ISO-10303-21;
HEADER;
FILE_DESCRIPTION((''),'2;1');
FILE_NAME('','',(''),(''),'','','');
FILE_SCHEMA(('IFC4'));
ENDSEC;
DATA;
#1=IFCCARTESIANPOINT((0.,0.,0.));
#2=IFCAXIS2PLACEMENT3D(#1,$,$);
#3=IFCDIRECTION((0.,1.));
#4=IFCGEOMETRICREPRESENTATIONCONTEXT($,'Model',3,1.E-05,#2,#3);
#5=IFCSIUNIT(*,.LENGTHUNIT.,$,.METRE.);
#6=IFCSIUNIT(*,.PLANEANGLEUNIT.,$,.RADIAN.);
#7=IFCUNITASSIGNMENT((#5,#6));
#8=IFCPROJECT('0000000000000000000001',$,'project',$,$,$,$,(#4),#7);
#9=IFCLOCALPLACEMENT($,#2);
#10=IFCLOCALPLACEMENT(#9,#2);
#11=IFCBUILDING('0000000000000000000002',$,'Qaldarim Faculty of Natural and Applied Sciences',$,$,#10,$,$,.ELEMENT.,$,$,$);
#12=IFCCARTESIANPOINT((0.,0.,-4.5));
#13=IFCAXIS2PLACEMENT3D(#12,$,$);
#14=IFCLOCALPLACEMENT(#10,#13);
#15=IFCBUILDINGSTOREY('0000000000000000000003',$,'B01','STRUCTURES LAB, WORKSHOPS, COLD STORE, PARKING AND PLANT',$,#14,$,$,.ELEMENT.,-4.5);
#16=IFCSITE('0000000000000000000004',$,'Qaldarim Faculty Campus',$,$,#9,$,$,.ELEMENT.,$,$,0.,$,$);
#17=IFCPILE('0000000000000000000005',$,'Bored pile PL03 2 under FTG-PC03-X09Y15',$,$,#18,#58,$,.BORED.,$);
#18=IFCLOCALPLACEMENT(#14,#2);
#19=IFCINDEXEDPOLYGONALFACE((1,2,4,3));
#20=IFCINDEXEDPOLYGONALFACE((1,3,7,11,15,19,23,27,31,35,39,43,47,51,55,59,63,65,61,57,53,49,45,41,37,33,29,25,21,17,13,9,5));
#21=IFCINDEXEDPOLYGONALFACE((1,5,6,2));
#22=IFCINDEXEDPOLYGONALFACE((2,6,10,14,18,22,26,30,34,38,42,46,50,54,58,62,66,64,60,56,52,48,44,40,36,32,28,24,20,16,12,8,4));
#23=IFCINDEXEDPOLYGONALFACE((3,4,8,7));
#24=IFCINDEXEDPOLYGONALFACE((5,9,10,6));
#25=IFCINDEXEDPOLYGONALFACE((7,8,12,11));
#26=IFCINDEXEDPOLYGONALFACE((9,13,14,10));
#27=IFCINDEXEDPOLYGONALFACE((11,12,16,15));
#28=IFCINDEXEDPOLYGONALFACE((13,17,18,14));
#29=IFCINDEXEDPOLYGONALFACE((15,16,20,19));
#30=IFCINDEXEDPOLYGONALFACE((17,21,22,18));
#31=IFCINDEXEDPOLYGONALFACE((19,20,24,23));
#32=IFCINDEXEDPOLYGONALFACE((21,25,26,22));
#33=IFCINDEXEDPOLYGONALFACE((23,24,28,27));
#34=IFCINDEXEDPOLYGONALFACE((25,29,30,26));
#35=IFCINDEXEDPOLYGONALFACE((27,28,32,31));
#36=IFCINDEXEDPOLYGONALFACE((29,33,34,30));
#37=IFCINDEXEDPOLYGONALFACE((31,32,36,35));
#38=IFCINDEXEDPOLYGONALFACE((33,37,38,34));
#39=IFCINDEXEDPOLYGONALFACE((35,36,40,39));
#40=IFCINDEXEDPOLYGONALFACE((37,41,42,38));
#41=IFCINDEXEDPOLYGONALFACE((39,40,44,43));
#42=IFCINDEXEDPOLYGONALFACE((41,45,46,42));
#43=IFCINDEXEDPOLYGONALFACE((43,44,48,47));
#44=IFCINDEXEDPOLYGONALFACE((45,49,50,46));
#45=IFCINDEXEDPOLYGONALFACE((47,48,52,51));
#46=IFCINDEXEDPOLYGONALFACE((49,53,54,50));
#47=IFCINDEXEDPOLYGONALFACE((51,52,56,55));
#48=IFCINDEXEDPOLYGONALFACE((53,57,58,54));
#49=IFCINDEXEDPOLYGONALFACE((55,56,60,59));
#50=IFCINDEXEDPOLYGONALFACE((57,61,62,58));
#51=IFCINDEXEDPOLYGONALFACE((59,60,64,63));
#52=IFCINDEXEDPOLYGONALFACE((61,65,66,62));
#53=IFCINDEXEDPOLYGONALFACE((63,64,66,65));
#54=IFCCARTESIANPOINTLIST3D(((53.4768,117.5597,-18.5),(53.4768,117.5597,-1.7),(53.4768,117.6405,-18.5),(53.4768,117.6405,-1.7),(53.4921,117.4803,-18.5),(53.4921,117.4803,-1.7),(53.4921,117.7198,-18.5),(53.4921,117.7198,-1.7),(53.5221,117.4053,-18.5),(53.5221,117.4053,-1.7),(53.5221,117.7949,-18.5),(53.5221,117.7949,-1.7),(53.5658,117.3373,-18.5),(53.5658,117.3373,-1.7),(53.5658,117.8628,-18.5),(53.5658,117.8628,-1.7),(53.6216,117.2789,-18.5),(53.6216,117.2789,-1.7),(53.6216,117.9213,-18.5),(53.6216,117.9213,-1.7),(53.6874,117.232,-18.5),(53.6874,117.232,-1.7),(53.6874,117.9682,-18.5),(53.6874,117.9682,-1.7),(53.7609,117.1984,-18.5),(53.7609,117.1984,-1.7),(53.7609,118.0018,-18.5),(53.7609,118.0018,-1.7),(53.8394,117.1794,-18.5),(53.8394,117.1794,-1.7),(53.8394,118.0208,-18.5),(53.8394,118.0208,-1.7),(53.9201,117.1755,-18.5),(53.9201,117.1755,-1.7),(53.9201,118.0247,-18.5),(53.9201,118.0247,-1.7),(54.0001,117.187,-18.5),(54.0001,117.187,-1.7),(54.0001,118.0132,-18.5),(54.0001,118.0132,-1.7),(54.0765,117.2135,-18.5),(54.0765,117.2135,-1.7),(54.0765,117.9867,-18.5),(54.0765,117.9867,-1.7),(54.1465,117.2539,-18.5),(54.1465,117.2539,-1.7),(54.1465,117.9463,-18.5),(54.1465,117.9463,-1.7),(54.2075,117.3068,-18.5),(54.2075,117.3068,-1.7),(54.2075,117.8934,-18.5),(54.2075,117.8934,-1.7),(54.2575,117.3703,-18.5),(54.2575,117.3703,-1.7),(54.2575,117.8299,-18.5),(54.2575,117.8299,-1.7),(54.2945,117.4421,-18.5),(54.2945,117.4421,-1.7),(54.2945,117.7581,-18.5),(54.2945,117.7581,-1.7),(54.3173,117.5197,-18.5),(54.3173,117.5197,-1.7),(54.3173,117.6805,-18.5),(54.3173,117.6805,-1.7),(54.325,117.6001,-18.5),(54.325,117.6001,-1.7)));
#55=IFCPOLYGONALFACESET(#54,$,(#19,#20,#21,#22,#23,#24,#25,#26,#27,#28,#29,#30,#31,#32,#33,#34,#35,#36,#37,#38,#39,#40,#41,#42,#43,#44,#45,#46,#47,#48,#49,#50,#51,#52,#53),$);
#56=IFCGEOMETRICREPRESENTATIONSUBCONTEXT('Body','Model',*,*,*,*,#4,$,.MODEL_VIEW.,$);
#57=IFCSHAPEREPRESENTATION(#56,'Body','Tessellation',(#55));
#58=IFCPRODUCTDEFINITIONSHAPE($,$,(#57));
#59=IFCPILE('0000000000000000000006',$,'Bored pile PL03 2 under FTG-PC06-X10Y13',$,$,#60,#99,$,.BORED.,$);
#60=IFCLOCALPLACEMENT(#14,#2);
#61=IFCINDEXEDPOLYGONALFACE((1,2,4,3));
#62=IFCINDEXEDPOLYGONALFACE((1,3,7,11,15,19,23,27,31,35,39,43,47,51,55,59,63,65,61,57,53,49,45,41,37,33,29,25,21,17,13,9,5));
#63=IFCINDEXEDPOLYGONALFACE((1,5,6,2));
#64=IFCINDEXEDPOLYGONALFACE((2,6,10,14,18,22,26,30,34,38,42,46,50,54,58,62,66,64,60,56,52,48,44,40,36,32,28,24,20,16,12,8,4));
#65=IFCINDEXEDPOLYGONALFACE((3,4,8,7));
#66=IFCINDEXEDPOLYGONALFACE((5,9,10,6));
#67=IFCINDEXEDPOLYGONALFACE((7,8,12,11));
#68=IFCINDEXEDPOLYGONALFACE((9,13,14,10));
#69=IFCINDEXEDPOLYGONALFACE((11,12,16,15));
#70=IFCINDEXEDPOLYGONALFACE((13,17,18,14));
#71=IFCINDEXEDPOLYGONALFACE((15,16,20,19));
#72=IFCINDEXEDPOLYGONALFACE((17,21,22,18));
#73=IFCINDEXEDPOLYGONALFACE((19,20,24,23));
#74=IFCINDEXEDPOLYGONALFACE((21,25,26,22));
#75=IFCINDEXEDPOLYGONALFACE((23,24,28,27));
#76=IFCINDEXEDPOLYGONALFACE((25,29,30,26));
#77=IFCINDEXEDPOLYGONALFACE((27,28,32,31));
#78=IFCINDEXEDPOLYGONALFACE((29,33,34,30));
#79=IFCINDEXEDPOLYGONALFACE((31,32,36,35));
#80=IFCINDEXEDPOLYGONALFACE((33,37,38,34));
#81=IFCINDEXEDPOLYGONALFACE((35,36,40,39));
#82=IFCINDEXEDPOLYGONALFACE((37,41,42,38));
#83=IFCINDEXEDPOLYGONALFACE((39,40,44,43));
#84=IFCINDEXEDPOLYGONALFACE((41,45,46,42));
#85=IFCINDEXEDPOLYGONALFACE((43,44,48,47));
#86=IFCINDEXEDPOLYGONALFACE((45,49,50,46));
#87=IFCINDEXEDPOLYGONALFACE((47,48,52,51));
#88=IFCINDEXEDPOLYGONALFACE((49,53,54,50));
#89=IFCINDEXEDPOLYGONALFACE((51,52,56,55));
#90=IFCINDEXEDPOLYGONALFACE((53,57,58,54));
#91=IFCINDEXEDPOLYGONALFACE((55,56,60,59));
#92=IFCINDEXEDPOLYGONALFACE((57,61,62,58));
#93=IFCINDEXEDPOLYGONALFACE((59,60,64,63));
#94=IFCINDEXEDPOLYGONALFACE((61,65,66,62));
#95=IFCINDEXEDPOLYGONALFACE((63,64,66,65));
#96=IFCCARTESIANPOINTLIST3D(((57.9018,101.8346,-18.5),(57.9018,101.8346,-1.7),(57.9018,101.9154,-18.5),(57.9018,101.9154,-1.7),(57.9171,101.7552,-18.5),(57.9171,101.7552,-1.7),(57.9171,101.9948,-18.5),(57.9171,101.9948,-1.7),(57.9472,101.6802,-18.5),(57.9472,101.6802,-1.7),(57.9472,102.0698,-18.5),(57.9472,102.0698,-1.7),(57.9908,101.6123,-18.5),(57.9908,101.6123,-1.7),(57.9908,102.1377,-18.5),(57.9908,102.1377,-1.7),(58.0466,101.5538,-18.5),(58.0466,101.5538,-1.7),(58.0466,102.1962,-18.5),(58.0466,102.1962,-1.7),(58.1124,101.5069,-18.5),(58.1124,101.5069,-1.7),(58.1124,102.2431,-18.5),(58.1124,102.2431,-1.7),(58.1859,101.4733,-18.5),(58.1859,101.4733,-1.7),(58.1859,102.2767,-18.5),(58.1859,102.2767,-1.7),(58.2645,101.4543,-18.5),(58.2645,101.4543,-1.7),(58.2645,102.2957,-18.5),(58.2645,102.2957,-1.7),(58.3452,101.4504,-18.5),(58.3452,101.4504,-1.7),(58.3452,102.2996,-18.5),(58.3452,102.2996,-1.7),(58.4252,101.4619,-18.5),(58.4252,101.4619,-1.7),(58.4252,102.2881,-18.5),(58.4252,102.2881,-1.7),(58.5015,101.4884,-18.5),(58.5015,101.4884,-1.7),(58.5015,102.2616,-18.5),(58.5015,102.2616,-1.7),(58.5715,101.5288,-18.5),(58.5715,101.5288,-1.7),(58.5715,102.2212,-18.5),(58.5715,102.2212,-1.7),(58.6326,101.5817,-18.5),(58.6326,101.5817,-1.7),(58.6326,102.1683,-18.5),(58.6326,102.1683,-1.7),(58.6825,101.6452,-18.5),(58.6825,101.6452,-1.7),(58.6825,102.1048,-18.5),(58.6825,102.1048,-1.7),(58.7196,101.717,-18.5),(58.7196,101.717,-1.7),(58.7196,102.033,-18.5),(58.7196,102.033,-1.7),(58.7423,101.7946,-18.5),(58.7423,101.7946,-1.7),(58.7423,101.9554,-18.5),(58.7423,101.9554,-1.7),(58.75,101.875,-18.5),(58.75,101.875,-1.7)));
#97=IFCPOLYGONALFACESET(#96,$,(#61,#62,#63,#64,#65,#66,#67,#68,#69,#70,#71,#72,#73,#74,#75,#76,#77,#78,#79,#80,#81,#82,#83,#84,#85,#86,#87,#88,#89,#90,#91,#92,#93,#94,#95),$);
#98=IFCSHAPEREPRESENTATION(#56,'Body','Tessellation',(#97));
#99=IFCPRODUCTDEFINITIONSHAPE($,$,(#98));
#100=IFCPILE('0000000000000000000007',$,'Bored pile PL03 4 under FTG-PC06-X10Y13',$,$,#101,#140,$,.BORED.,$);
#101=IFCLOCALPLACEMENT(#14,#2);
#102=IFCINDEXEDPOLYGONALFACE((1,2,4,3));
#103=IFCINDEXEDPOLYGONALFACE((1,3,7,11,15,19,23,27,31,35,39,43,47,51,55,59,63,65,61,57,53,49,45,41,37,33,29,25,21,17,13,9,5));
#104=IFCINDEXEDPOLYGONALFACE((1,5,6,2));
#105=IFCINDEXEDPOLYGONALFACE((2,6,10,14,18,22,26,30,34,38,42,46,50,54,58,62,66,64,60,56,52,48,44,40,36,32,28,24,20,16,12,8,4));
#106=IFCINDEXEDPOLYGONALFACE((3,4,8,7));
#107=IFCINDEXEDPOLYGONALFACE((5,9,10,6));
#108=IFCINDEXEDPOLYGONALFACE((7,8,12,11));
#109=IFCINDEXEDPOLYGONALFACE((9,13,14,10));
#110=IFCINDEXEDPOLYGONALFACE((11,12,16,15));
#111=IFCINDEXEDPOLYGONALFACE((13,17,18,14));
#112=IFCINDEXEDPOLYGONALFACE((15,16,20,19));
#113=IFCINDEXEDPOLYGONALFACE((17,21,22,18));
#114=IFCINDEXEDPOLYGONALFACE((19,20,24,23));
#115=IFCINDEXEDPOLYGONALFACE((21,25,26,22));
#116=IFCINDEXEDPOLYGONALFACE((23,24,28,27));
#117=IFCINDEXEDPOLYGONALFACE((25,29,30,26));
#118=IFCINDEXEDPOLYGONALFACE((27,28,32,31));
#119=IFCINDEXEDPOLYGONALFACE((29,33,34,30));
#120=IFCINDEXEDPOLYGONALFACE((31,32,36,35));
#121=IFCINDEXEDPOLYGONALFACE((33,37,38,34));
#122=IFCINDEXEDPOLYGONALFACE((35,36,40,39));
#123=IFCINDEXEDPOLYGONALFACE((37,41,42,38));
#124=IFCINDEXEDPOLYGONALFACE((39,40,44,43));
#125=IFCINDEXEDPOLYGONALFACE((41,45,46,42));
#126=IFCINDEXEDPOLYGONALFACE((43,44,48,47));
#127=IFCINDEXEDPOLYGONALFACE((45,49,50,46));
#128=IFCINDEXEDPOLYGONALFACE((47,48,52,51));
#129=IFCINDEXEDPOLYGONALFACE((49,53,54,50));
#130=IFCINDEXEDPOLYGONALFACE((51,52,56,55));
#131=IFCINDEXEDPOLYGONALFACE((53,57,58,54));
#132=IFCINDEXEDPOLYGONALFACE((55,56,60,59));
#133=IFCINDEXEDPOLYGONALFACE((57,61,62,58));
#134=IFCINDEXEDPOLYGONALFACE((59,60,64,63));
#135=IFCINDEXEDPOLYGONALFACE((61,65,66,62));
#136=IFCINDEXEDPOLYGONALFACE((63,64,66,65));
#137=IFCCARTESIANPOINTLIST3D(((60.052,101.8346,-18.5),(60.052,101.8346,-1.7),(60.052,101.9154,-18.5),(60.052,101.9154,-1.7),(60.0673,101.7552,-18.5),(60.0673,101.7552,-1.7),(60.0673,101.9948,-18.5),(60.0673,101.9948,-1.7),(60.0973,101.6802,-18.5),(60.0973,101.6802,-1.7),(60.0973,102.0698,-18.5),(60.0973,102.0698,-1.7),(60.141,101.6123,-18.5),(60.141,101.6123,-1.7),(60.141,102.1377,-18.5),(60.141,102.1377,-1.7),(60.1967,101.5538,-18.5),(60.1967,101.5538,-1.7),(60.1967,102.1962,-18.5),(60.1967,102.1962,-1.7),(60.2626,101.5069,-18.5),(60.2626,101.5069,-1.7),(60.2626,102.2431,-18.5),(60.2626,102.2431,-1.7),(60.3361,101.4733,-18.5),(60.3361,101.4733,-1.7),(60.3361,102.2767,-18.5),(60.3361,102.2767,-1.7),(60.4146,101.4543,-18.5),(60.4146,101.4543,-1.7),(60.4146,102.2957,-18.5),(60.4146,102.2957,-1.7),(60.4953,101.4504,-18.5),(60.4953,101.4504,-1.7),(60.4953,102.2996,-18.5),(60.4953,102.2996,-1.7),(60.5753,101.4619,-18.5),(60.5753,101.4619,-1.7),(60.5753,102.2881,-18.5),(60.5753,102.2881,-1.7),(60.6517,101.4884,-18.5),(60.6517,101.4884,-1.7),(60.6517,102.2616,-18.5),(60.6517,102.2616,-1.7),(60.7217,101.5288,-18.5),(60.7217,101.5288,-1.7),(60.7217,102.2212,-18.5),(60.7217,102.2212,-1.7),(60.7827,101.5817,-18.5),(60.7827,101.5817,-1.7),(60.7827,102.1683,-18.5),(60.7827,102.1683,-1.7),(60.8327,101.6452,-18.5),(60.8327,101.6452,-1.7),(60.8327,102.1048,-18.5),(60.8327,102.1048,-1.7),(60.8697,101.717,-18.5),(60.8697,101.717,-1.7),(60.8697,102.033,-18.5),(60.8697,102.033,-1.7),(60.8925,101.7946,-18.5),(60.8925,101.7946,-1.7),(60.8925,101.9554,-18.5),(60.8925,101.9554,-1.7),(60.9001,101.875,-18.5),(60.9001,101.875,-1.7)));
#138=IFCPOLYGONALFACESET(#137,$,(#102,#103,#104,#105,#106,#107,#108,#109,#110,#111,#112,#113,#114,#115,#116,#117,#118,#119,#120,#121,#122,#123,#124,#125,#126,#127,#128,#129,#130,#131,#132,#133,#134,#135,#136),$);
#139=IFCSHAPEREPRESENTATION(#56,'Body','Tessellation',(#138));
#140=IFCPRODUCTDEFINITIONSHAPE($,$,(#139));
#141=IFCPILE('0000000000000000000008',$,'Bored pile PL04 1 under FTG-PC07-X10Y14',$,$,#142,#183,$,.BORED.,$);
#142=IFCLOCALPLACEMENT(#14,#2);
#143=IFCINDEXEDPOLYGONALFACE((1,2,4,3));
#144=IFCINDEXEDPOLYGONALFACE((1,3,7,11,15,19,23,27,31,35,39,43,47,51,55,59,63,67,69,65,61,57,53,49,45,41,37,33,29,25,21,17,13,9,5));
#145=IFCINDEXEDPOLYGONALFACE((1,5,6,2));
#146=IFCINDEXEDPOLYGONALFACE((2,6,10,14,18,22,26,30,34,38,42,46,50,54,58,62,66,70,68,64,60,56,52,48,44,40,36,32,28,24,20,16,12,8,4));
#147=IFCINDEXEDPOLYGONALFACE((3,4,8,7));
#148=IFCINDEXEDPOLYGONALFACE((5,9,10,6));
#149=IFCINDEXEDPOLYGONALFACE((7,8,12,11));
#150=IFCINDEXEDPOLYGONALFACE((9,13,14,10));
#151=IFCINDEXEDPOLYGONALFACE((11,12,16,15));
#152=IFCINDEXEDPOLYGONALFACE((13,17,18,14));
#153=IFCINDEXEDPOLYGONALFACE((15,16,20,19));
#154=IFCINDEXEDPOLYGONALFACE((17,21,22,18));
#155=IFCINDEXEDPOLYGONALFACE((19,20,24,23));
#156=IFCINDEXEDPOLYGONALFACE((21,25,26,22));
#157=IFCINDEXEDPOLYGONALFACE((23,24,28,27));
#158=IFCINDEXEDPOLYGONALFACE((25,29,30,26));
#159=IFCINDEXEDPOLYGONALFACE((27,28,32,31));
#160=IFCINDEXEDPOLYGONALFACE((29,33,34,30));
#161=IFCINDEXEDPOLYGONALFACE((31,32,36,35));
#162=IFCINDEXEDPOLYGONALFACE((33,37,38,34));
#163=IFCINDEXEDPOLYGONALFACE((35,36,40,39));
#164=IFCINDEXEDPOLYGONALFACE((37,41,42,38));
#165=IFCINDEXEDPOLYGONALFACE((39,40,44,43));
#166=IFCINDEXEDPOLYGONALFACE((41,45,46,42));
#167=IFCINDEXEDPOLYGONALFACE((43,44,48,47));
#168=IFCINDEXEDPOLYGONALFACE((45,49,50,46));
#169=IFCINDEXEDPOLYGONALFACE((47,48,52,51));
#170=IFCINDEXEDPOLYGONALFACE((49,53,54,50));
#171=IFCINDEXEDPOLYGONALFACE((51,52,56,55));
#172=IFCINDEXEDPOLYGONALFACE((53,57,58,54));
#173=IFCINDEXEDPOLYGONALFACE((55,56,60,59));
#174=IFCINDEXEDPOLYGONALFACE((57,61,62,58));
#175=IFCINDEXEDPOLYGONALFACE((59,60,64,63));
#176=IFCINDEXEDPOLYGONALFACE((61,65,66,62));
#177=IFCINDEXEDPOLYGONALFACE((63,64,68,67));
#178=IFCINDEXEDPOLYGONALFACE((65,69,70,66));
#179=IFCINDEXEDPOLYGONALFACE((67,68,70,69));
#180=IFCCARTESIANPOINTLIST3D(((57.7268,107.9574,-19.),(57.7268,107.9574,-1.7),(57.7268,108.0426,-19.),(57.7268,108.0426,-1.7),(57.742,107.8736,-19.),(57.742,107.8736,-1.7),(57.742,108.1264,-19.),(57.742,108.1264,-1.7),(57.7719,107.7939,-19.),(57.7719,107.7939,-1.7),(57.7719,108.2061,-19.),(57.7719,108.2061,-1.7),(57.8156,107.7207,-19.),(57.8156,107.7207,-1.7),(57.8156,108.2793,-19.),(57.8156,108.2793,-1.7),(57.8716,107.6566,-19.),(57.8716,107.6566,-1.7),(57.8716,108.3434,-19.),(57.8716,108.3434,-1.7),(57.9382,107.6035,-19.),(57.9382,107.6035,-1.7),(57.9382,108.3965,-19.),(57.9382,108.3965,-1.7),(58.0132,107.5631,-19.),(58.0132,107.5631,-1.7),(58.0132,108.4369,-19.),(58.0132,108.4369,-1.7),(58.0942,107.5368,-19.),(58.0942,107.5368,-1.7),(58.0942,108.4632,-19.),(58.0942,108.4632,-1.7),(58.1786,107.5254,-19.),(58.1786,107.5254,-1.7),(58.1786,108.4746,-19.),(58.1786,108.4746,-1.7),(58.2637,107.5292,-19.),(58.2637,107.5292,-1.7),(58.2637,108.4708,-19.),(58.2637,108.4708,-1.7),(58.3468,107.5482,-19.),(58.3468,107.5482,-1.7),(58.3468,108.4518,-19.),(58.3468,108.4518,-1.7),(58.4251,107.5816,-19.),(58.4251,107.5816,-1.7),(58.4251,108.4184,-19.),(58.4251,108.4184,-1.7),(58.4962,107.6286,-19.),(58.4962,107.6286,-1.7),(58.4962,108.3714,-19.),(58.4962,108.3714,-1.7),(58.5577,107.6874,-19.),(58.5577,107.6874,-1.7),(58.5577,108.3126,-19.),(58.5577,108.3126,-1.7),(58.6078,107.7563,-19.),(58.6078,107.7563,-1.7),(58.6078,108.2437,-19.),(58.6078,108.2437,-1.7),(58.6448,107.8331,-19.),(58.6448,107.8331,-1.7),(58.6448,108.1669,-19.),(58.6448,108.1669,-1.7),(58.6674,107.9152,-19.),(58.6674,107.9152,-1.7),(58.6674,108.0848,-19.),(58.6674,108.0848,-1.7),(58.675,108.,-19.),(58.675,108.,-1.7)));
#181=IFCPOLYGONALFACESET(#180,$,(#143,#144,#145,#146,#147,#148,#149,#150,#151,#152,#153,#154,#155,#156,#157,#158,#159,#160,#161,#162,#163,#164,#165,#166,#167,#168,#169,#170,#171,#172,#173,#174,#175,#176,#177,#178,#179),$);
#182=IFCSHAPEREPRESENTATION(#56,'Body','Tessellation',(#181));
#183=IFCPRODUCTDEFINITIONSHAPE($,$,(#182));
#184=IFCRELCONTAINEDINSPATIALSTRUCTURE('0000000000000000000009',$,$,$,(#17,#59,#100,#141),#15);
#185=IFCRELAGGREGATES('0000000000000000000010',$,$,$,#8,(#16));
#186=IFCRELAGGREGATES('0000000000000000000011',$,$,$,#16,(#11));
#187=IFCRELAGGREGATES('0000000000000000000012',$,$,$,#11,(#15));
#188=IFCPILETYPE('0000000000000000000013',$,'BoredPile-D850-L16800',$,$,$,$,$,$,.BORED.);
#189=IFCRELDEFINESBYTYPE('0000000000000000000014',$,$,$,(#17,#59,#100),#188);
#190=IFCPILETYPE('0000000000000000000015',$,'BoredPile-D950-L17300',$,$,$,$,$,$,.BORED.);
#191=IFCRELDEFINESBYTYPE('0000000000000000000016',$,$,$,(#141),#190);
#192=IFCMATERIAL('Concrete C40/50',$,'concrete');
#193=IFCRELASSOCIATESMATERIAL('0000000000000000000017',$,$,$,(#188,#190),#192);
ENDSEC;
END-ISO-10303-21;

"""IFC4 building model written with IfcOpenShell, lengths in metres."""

from ifc_helpers import new_model, si_unit, direction, frame, origin, origin_2d, place, context, subcontext, project, spatial, circle, extrude, material, material_profile, profile_set, type_object, element, save


model = new_model("IFC4")

# Units and contexts
model_context = context("Model", 3, precision=1e-05, world=origin(), true_north=direction((0.0, 1.0)))
body_context = subcontext(model_context, "Body", "Model", "MODEL_VIEW")
ifc_project = project(units=[si_unit("LENGTHUNIT", "METRE"), si_unit("PLANEANGLEUNIT", "RADIAN")], contexts=[model_context])

# Site, building, storey
site_placement = place(None, origin())
site = spatial("IfcSite", under=ifc_project, at=site_placement, Name="Qaldarim Faculty Campus", CompositionType="ELEMENT", RefElevation=0.0)
building_placement = place(site_placement, origin())
building = spatial("IfcBuilding", under=site, at=building_placement, Name="Qaldarim Faculty of Natural and Applied Sciences", CompositionType="ELEMENT")
storey_placement = place(building_placement, frame((0.0, 0.0, -4.5)))
storey = spatial("IfcBuildingStorey", under=building, at=storey_placement, Name="B01", Description="STRUCTURES LAB, WORKSHOPS, COLD STORE, PARKING AND PLANT", CompositionType="ELEMENT", Elevation=-4.5)

# Piles
ifc_material_1 = material(Name="Concrete C40/50", Category="concrete")
ifc_material_profile_1 = material_profile(ifc_material_1, circle(Radius=0.425, at=origin_2d()), Name="PILE-D850")
ifc_profile_set_1 = profile_set([ifc_material_profile_1], Name="Concrete C40/50")
pile_type_1 = type_object("IfcPileType", Name="BoredPile-D850-L16800", PredefinedType="BORED", material=ifc_profile_set_1)
for number, where, z_axis, x_axis, name in (
    (1, (53.8999, 117.6001, -1.7), (0.0, 0.0, -1.0), (1.0, 0.0, 0.0), "Bored pile PL03 2 under FTG-PC03-X09Y15"),
    (2, (58.325, 101.875, -1.7), (0.0, 0.0, -1.0), (1.0, 0.0, 0.0), "Bored pile PL03 2 under FTG-PC06-X10Y13"),
    (3, (60.4751, 101.875, -1.7), (0.0, 0.0, -1.0), (1.0, 0.0, 0.0), "Bored pile PL03 4 under FTG-PC06-X10Y13"),
):
    element("IfcPile", number, at=place(storey_placement, frame(where, z_axis=z_axis, x_axis=x_axis)), inside=storey, type_object=pile_type_1, Name=name, PredefinedType="BORED", context=body_context, shape_type="SweptSolid", body=[
        extrude(circle(Radius=0.425, at=origin_2d()), origin(), (0.0, 0.0, 1.0), 16.8),
    ])
ifc_material_profile_2 = material_profile(ifc_material_1, circle(Radius=0.4751, at=origin_2d()), Name="PILE-D950")
ifc_profile_set_2 = profile_set([ifc_material_profile_2], Name="Concrete C40/50")
pile_type_2 = type_object("IfcPileType", Name="BoredPile-D950-L17300", PredefinedType="BORED", material=ifc_profile_set_2)
for number, where, z_axis, x_axis, name in (
    (4, (58.2, 108.0, -1.7), (0.0, 0.0, -1.0), (1.0, 0.0, 0.0), "Bored pile PL04 1 under FTG-PC07-X10Y14"),
):
    element("IfcPile", number, at=place(storey_placement, frame(where, z_axis=z_axis, x_axis=x_axis)), inside=storey, type_object=pile_type_2, Name=name, PredefinedType="BORED", context=body_context, shape_type="SweptSolid", body=[
        extrude(circle(Radius=0.4751, at=origin_2d()), origin(), (0.0, 0.0, 1.0), 17.3),
    ])

save(model, "model.ifc")
